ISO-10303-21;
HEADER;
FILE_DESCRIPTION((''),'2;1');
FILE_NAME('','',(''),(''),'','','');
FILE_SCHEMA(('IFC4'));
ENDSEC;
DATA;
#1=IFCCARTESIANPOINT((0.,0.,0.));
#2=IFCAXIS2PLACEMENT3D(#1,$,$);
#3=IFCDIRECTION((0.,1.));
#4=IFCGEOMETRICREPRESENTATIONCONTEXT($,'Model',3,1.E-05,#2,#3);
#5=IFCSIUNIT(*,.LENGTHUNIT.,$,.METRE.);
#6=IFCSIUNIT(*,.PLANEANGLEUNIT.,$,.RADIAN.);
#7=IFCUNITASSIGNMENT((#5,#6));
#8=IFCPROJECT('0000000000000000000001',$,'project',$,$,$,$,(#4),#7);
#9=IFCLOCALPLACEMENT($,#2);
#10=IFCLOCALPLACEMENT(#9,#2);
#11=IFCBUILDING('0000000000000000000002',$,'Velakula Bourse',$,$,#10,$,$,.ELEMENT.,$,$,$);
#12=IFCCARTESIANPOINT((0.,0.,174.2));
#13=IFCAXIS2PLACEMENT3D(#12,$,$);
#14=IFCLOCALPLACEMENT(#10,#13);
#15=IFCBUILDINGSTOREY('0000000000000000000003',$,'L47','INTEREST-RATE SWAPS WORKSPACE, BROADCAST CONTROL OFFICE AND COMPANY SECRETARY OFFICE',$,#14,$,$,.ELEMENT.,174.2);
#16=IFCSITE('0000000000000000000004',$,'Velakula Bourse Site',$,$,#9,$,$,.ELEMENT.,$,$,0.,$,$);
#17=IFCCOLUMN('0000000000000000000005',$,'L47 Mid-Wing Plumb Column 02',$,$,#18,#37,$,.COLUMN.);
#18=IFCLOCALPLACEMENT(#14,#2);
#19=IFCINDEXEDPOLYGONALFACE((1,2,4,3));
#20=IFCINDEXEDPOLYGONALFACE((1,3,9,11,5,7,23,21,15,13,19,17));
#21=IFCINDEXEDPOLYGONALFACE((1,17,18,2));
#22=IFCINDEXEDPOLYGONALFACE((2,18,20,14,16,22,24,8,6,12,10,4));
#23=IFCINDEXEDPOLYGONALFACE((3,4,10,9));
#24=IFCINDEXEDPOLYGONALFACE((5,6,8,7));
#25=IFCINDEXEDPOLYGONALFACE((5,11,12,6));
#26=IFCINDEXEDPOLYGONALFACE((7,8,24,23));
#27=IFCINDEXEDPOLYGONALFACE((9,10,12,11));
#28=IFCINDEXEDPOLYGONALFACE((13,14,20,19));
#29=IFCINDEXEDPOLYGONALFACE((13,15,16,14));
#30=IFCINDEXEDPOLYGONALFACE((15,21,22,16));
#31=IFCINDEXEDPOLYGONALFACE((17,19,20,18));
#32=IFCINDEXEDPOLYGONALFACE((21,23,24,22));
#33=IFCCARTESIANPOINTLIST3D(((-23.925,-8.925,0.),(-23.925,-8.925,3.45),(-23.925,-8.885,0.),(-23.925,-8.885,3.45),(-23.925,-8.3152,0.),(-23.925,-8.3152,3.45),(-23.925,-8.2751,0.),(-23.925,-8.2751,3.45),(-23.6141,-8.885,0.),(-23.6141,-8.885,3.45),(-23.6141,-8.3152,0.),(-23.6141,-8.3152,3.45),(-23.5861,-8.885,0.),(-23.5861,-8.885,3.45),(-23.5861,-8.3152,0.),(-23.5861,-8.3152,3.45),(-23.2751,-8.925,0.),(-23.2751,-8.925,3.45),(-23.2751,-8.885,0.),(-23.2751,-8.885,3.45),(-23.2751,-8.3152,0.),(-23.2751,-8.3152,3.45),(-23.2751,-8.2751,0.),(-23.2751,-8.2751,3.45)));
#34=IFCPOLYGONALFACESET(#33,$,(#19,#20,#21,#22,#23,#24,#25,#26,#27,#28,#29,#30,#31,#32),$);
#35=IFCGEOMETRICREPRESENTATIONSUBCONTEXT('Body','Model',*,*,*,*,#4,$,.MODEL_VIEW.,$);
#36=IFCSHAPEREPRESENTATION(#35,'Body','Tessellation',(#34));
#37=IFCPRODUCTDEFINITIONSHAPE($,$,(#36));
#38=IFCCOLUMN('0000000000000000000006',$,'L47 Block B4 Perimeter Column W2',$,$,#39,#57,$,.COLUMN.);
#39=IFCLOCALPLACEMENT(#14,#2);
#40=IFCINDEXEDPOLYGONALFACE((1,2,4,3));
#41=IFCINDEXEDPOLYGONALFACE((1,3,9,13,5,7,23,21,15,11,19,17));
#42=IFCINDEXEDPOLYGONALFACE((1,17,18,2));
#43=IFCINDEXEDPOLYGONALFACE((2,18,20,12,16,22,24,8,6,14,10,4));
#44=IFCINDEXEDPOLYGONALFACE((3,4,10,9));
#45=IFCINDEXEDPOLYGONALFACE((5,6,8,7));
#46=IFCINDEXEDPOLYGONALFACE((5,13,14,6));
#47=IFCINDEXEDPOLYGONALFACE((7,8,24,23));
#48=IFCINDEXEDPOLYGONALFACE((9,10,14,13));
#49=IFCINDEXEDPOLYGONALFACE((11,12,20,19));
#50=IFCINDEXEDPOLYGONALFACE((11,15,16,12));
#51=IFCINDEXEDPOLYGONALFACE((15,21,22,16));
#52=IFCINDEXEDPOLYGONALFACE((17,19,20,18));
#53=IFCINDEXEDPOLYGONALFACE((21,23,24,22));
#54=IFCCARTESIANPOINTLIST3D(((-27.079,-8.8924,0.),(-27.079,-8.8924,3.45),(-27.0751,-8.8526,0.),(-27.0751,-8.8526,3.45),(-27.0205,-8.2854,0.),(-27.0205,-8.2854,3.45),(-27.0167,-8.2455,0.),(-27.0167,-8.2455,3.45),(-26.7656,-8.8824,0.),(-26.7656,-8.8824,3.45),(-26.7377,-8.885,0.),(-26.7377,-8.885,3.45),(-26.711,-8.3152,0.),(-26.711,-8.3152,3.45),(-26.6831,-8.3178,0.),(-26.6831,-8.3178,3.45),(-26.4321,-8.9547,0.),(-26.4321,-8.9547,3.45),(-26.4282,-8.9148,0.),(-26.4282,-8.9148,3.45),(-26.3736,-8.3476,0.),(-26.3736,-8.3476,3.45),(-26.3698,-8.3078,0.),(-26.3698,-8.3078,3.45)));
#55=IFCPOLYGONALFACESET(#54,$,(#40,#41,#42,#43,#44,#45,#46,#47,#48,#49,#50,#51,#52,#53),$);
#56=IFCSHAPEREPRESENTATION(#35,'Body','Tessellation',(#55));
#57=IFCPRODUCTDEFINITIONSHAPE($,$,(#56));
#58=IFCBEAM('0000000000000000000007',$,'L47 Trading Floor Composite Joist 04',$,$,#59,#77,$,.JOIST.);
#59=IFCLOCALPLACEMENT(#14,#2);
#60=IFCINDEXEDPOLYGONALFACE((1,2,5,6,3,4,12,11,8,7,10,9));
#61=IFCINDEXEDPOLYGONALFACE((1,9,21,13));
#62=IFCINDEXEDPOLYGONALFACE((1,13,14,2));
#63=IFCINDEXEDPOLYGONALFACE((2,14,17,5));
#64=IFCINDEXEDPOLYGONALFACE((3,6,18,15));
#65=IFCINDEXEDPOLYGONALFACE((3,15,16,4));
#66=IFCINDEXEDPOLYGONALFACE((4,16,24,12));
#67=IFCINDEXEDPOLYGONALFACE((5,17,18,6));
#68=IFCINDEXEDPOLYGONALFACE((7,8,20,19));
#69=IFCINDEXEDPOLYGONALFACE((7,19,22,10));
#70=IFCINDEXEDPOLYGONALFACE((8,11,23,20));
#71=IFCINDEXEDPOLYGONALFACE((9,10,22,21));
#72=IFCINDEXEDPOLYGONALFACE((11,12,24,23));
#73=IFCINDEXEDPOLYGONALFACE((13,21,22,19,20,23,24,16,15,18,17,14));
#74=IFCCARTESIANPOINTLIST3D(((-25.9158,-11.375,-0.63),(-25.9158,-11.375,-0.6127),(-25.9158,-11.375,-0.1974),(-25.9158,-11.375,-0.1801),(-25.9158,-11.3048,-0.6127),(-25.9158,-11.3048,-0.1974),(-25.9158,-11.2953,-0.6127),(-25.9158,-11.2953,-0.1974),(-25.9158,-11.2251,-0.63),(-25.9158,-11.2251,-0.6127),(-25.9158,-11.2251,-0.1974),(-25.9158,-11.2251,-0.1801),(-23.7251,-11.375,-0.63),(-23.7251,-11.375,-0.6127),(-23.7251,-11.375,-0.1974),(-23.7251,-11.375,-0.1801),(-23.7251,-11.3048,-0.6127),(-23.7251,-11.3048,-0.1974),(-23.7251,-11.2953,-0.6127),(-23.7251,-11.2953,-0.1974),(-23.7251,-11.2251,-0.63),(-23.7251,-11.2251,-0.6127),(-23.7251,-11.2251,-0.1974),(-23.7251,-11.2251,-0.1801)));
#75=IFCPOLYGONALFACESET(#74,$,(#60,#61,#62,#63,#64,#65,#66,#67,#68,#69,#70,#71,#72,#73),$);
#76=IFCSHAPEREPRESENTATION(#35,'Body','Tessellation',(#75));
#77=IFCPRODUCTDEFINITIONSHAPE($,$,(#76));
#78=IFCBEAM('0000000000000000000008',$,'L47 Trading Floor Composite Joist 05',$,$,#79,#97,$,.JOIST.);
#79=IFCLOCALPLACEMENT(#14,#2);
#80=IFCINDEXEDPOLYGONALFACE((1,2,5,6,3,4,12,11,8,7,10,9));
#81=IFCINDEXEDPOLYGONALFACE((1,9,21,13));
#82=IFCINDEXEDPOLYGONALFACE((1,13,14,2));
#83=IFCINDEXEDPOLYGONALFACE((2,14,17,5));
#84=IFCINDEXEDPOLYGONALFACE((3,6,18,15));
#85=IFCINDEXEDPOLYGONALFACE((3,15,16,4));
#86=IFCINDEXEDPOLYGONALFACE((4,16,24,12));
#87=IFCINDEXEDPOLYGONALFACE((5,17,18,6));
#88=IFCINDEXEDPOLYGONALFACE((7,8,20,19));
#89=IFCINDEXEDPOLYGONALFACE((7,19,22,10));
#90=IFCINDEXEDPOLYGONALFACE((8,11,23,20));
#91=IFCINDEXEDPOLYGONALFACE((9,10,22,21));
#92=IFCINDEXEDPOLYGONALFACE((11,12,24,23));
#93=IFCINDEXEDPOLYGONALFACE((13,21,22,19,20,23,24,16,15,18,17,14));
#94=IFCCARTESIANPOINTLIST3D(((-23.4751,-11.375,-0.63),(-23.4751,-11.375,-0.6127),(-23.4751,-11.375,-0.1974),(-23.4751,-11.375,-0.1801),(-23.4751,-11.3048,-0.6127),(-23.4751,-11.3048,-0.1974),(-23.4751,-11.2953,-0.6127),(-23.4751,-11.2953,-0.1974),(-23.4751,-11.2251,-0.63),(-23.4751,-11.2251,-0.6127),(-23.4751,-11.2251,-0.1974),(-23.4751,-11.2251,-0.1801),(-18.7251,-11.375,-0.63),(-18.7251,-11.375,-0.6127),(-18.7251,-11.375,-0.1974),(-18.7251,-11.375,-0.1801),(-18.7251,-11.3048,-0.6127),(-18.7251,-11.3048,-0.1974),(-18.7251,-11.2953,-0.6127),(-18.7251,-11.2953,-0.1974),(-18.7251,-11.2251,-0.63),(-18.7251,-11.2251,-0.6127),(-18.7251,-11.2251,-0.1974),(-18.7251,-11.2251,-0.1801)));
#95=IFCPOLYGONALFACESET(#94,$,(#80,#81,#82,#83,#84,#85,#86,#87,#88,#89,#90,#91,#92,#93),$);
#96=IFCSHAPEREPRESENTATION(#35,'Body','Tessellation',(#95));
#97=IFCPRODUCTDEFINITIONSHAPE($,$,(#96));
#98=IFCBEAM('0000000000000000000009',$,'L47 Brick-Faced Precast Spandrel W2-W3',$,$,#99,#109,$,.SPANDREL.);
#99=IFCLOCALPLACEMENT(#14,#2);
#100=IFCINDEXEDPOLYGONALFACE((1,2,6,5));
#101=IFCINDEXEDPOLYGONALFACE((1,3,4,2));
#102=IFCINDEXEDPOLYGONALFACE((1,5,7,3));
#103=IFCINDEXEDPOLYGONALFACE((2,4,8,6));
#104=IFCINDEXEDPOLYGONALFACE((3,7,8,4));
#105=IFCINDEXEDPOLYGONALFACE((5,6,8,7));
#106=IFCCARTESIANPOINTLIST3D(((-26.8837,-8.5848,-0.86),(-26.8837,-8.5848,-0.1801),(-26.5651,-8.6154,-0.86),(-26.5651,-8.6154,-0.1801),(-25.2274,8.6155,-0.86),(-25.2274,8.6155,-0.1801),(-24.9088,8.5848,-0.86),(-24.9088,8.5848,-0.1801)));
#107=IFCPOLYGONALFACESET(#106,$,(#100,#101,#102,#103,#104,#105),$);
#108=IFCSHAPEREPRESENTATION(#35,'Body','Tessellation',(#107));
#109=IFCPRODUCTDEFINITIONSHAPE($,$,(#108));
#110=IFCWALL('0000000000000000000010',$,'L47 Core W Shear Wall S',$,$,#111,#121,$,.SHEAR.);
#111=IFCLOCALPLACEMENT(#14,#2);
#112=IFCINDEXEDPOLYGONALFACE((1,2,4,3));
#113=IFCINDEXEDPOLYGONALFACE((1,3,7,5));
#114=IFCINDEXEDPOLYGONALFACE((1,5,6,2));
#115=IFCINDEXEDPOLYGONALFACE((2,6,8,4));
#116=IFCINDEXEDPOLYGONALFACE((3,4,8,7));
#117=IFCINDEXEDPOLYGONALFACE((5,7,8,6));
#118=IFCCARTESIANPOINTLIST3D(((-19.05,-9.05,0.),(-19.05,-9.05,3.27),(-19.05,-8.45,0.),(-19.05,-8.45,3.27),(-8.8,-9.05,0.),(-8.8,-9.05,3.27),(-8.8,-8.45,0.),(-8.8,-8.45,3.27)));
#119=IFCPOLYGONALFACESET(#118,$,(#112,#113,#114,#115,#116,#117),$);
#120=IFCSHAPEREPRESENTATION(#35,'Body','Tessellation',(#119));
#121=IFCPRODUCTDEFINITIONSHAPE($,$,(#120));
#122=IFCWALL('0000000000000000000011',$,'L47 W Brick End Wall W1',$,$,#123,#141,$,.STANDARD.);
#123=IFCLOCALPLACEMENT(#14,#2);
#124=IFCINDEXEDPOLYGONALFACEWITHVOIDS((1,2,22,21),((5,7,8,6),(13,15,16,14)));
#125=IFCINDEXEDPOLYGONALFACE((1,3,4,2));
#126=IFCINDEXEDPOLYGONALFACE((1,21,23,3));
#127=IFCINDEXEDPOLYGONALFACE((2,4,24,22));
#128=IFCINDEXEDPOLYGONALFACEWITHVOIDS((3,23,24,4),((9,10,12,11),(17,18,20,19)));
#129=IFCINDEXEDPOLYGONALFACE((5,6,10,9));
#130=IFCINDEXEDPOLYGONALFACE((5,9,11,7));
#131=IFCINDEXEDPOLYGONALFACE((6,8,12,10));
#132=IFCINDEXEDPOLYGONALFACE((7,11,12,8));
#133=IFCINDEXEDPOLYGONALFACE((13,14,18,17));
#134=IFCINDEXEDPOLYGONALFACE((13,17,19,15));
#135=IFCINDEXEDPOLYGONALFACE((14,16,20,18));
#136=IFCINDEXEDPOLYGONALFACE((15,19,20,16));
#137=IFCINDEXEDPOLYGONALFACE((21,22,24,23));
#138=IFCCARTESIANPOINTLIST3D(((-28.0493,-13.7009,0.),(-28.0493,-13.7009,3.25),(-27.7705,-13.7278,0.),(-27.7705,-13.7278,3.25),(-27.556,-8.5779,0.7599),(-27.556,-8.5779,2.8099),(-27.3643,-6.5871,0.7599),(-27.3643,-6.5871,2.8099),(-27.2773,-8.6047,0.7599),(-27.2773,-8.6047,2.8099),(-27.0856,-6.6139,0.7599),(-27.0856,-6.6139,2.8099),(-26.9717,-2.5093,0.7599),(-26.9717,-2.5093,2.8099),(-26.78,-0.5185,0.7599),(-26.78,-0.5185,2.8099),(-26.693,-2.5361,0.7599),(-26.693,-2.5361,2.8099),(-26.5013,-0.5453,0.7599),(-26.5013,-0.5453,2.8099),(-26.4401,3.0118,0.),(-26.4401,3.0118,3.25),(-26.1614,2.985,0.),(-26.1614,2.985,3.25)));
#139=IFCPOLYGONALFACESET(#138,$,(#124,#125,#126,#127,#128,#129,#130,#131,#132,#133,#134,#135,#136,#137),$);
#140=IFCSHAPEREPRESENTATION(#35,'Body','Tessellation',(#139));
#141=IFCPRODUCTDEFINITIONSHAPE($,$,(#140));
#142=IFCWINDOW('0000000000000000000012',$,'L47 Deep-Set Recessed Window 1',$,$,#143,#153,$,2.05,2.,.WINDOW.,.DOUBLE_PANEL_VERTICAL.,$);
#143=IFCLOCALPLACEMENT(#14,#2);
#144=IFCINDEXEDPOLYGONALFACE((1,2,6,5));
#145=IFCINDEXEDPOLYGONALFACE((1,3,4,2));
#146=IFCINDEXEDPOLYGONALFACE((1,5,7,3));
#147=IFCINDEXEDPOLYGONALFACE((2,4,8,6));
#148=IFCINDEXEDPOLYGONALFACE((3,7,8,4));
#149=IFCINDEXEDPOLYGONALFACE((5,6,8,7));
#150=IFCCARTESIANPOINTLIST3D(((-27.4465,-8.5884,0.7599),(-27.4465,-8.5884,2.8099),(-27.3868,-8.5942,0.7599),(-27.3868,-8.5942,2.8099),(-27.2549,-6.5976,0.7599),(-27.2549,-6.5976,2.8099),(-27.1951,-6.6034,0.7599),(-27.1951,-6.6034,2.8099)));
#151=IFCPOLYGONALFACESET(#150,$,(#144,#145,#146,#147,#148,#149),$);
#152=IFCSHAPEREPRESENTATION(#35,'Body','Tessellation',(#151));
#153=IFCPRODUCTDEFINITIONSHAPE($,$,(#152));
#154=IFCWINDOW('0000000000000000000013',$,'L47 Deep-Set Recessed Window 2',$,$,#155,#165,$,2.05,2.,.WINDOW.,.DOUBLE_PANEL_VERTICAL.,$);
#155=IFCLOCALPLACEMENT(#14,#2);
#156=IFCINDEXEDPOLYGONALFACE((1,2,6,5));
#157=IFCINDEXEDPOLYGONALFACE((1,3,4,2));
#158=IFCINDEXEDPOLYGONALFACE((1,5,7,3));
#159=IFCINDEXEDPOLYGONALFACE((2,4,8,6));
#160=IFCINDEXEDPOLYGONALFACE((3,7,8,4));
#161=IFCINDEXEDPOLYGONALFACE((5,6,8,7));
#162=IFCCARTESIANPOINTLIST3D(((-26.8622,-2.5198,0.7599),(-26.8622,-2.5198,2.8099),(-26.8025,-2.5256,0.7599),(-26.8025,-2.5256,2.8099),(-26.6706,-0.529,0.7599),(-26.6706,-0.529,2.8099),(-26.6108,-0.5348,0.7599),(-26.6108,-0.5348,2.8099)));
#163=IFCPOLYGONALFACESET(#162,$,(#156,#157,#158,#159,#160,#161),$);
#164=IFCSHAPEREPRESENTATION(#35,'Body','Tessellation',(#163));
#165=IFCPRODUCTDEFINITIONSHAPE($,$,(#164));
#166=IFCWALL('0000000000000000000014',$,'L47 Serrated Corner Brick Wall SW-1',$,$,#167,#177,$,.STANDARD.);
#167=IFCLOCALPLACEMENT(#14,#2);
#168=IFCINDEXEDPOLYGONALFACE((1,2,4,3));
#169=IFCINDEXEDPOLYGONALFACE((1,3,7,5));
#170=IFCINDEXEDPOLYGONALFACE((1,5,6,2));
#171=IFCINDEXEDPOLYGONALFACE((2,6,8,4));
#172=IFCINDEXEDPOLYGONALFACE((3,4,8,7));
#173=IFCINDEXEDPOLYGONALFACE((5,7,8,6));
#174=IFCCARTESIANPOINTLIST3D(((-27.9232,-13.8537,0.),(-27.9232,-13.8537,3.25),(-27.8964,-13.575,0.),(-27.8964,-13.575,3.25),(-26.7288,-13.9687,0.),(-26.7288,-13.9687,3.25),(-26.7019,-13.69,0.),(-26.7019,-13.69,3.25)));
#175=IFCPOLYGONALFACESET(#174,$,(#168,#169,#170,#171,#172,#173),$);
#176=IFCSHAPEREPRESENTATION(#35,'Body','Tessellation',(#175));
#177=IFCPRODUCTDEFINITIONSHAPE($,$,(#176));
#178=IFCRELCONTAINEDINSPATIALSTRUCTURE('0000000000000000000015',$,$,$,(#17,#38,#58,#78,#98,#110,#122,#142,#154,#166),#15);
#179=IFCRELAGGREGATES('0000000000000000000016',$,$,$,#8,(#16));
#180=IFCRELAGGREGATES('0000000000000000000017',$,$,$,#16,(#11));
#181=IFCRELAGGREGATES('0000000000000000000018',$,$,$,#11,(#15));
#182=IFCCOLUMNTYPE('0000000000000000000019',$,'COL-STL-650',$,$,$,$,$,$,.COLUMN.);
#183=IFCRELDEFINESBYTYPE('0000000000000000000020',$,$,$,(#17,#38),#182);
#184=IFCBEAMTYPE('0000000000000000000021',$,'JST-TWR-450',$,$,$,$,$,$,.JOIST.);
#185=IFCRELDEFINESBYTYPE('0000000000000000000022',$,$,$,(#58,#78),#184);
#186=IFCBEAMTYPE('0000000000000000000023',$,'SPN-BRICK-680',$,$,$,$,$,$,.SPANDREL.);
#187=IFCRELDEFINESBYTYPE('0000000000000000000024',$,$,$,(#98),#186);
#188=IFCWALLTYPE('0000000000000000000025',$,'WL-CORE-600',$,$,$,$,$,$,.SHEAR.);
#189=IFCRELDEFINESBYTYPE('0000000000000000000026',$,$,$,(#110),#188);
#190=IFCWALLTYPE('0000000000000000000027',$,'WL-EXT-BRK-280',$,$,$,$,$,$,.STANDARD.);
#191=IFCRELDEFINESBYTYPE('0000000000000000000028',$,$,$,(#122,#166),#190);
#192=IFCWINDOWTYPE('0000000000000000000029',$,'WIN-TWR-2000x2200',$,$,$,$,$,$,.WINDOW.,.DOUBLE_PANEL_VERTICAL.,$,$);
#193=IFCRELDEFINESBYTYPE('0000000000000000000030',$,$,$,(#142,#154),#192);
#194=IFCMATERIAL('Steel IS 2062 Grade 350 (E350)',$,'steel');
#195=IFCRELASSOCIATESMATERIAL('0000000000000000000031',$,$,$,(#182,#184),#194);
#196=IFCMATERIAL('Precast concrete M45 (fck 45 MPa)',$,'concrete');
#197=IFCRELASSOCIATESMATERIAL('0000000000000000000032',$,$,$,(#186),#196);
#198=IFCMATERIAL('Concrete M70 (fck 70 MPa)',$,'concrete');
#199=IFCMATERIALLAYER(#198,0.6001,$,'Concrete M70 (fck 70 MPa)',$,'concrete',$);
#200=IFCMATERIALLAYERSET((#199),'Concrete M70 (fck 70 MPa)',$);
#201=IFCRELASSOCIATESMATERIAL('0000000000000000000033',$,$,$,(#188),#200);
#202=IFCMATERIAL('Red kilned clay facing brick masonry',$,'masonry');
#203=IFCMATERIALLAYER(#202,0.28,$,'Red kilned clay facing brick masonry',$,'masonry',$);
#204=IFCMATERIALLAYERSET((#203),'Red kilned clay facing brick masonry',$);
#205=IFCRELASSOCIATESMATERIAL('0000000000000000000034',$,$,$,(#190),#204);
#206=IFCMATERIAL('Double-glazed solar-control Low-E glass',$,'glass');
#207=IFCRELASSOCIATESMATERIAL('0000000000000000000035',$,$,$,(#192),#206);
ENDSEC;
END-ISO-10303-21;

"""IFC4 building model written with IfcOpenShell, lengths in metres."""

from ifc_helpers import new_model, si_unit, direction, frame, frame_2d, origin, origin_2d, place, context, subcontext, project, spatial, rectangle, i_section, extrude, material, layer, layer_set, material_profile, profile_set, type_object, element, fill, save


model = new_model("IFC4")

# Units and contexts
model_context = context("Model", 3, precision=1e-05, world=origin(), true_north=direction((0.0, 1.0)))
body_context = subcontext(model_context, "Body", "Model", "MODEL_VIEW")
ifc_project = project(units=[si_unit("LENGTHUNIT", "METRE"), si_unit("PLANEANGLEUNIT", "RADIAN")], contexts=[model_context])

# Site, building, storey
site_placement = place(None, origin())
site = spatial("IfcSite", under=ifc_project, at=site_placement, Name="Velakula Bourse Site", CompositionType="ELEMENT", RefElevation=0.0)
building_placement = place(site_placement, origin())
building = spatial("IfcBuilding", under=site, at=building_placement, Name="Velakula Bourse", CompositionType="ELEMENT")
storey_placement = place(building_placement, frame((0.0, 0.0, 174.2)))
storey = spatial("IfcBuildingStorey", under=building, at=storey_placement, Name="L47", Description="INTEREST-RATE SWAPS WORKSPACE, BROADCAST CONTROL OFFICE AND COMPANY SECRETARY OFFICE", CompositionType="ELEMENT", Elevation=174.2)

# Columns
ifc_material_1 = material(Name="Steel IS 2062 Grade 350 (E350)", Category="steel")
ifc_material_profile_1 = material_profile(ifc_material_1, i_section(OverallWidth=0.6499, OverallDepth=0.6499, WebThickness=0.0281, FlangeThickness=0.04, at=origin_2d()), Name="Steel IS 2062 Grade 350 (E350)")
ifc_profile_set_1 = profile_set([ifc_material_profile_1], Name="Steel IS 2062 Grade 350 (E350)")
column_type = type_object("IfcColumnType", Name="COL-STL-650", PredefinedType="COLUMN", material=ifc_profile_set_1)
for number, where, z_axis, x_axis, name in (
    (1, (-23.6001, -8.6001, 0.0), (0.0, 0.0, 1.0), (1.0, 0.0, 0.0), "L47 Mid-Wing Plumb Column 02"),
    (2, (-26.7244, -8.6001, 0.0), (0.0, 0.0, 1.0), (0.995396, -0.095846, 0.0), "L47 Block B4 Perimeter Column W2"),
):
    element("IfcColumn", number, at=place(storey_placement, frame(where, z_axis=z_axis, x_axis=x_axis)), inside=storey, type_object=column_type, Name=name, PredefinedType="COLUMN", context=body_context, shape_type="SweptSolid", body=[
        extrude(i_section(OverallWidth=0.6499, OverallDepth=0.6499, WebThickness=0.0281, FlangeThickness=0.04, at=origin_2d()), origin(), (0.0, 0.0, 1.0), 3.45),
    ])

# Beams
ifc_material_profile_2 = material_profile(ifc_material_1, i_section(OverallWidth=0.1499, OverallDepth=0.45, WebThickness=0.0095, FlangeThickness=0.0173, at=origin_2d()), Name="Steel IS 2062 Grade 350 (E350)")
ifc_profile_set_2 = profile_set([ifc_material_profile_2], Name="Steel IS 2062 Grade 350 (E350)")
beam_type_1 = type_object("IfcBeamType", Name="JST-TWR-450", PredefinedType="JOIST", material=ifc_profile_set_2)
beam_1_placement = place(storey_placement, frame((-25.9158, -11.3, -0.405), z_axis=(1.0, 0.0, 0.0), x_axis=(0.0, 1.0, 0.0)))
element("IfcBeam", 3, at=beam_1_placement, inside=storey, type_object=beam_type_1, Name="L47 Trading Floor Composite Joist 04", PredefinedType="JOIST", context=body_context, shape_type="SweptSolid", body=[
    extrude(i_section(OverallWidth=0.1499, OverallDepth=0.45, WebThickness=0.0095, FlangeThickness=0.0173, at=origin_2d()), origin(), (0.0, 0.0, 1.0), 2.1907),
])
beam_2_placement = place(storey_placement, frame((-23.4751, -11.3, -0.405), z_axis=(1.0, 0.0, 0.0), x_axis=(0.0, 1.0, 0.0)))
element("IfcBeam", 4, at=beam_2_placement, inside=storey, type_object=beam_type_1, Name="L47 Trading Floor Composite Joist 05", PredefinedType="JOIST", context=body_context, shape_type="SweptSolid", body=[
    extrude(i_section(OverallWidth=0.1499, OverallDepth=0.45, WebThickness=0.0095, FlangeThickness=0.0173, at=origin_2d()), origin(), (0.0, 0.0, 1.0), 4.75),
])
ifc_material_2 = material(Name="Precast concrete M45 (fck 45 MPa)", Category="concrete")
ifc_material_profile_3 = material_profile(ifc_material_2, rectangle(XDim=0.3201, YDim=0.6799, at=origin_2d()), Name="Precast concrete M45 (fck 45 MPa)")
ifc_profile_set_3 = profile_set([ifc_material_profile_3], Name="Precast concrete M45 (fck 45 MPa)")
beam_type_2 = type_object("IfcBeamType", Name="SPN-BRICK-680", PredefinedType="SPANDREL", material=ifc_profile_set_3)
beam_3_placement = place(storey_placement, frame((-26.7244, -8.6001, -0.52), z_axis=(0.095849, 0.995396, 0.0), x_axis=(-0.995396, 0.095849, 0.0)))
element("IfcBeam", 5, at=beam_3_placement, inside=storey, type_object=beam_type_2, Name="L47 Brick-Faced Precast Spandrel W2-W3", PredefinedType="SPANDREL", context=body_context, shape_type="SweptSolid", body=[
    extrude(rectangle(XDim=0.3201, YDim=0.6799, at=origin_2d()), origin(), (0.0, 0.0, 1.0), 17.2798),
])

# Wall
ifc_material_3 = material(Name="Concrete M70 (fck 70 MPa)", Category="concrete")
ifc_layer_1 = layer(ifc_material_3, 0.6001, Name="Concrete M70 (fck 70 MPa)", Category="concrete")
ifc_layer_set_1 = layer_set([ifc_layer_1], Name="Concrete M70 (fck 70 MPa)")
wall_type_1 = type_object("IfcWallType", Name="WL-CORE-600", PredefinedType="SHEAR", material=ifc_layer_set_1)
wall_1_placement = place(storey_placement, frame((-19.05, -8.75, 0.0), z_axis=(0.0, 0.0, 1.0), x_axis=(1.0, 0.0, 0.0)))
element("IfcWall", 6, at=wall_1_placement, inside=storey, type_object=wall_type_1, Name="L47 Core W Shear Wall S", PredefinedType="SHEAR", context=body_context, shape_type="SweptSolid", body=[
    extrude(rectangle(XDim=10.25, YDim=0.6001, at=frame_2d((5.125, 0.0))), origin(), (0.0, 0.0, 1.0), 3.27),
])

# Wall, openings, windows
ifc_material_4 = material(Name="Red kilned clay facing brick masonry", Category="masonry")
ifc_layer_2 = layer(ifc_material_4, 0.28, Name="Red kilned clay facing brick masonry", Category="masonry")
ifc_layer_set_2 = layer_set([ifc_layer_2], Name="Red kilned clay facing brick masonry")
wall_type_2 = type_object("IfcWallType", Name="WL-EXT-BRK-280", PredefinedType="STANDARD", material=ifc_layer_set_2)
wall_2_placement = place(storey_placement, frame((-27.9099, -13.7144, 0.0), z_axis=(0.0, 0.0, 1.0), x_axis=(0.095839, 0.995397, 0.0)))
wall_2 = element("IfcWall", 7, at=wall_2_placement, inside=storey, type_object=wall_type_2, Name="L47 W Brick End Wall W1", PredefinedType="STANDARD", context=body_context, shape_type="SweptSolid", body=[
    extrude(rectangle(XDim=16.79, YDim=0.28, at=frame_2d((8.395, 0.0))), origin(), (0.0, 0.0, 1.0), 3.25),
])
opening_1_placement = place(wall_2_placement, frame((5.1467, 0.0, 0.76)))
opening_1 = element("IfcOpeningElement", 8, at=opening_1_placement, cuts=wall_2, PredefinedType="OPENING", context=body_context, shape_type="SweptSolid", body=[
    extrude(rectangle(XDim=2.0, YDim=2.05, at=frame_2d((1.0, 1.0249))), frame((0.0, 0.1499, 0.0), z_axis=(0.0, -1.0, 0.0), x_axis=(1.0, 0.0, 0.0)), (0.0, 0.0, 1.0), 0.3),
])
opening_2_placement = place(wall_2_placement, frame((11.2434, 0.0, 0.76)))
opening_2 = element("IfcOpeningElement", 9, at=opening_2_placement, cuts=wall_2, PredefinedType="OPENING", context=body_context, shape_type="SweptSolid", body=[
    extrude(rectangle(XDim=2.0, YDim=2.05, at=frame_2d((1.0, 1.0249))), frame((0.0, 0.1499, 0.0), z_axis=(0.0, -1.0, 0.0), x_axis=(1.0, 0.0, 0.0)), (0.0, 0.0, 1.0), 0.3),
])
ifc_material_5 = material(Name="Double-glazed solar-control Low-E glass", Category="glass")
window_type = type_object("IfcWindowType", Name="WIN-TWR-2000x2200", PartitioningType="DOUBLE_PANEL_VERTICAL", PredefinedType="WINDOW", material=ifc_material_5)
window_1_placement = place(opening_1_placement, origin())
window_1 = element("IfcWindow", 10, at=window_1_placement, inside=storey, type_object=window_type, Name="L47 Deep-Set Recessed Window 1", OverallHeight=2.05, OverallWidth=2.0, PartitioningType="DOUBLE_PANEL_VERTICAL", PredefinedType="WINDOW", context=body_context, shape_type="SweptSolid", body=[
    extrude(rectangle(XDim=2.0, YDim=2.05, at=frame_2d((1.0, 1.0249))), frame((0.0, 0.03, 0.0), z_axis=(0.0, -1.0, 0.0), x_axis=(1.0, 0.0, 0.0)), (0.0, 0.0, 1.0), 0.0601),
])
fill(opening_1, window_1)
window_2_placement = place(opening_2_placement, origin())
window_2 = element("IfcWindow", 11, at=window_2_placement, inside=storey, type_object=window_type, Name="L47 Deep-Set Recessed Window 2", OverallHeight=2.05, OverallWidth=2.0, PartitioningType="DOUBLE_PANEL_VERTICAL", PredefinedType="WINDOW", context=body_context, shape_type="SweptSolid", body=[
    extrude(rectangle(XDim=2.0, YDim=2.05, at=frame_2d((1.0, 1.0249))), frame((0.0, 0.03, 0.0), z_axis=(0.0, -1.0, 0.0), x_axis=(1.0, 0.0, 0.0)), (0.0, 0.0, 1.0), 0.0601),
])
fill(opening_2, window_2)

# Wall
wall_3_placement = place(storey_placement, frame((-27.9099, -13.7144, 0.0), z_axis=(0.0, 0.0, 1.0), x_axis=(0.995397, -0.095836, 0.0)))
element("IfcWall", 12, at=wall_3_placement, inside=storey, type_object=wall_type_2, Name="L47 Serrated Corner Brick Wall SW-1", PredefinedType="STANDARD", context=body_context, shape_type="SweptSolid", body=[
    extrude(rectangle(XDim=1.2, YDim=0.28, at=frame_2d((0.6001, 0.0))), origin(), (0.0, 0.0, 1.0), 3.25),
])

save(model, "model.ifc")
